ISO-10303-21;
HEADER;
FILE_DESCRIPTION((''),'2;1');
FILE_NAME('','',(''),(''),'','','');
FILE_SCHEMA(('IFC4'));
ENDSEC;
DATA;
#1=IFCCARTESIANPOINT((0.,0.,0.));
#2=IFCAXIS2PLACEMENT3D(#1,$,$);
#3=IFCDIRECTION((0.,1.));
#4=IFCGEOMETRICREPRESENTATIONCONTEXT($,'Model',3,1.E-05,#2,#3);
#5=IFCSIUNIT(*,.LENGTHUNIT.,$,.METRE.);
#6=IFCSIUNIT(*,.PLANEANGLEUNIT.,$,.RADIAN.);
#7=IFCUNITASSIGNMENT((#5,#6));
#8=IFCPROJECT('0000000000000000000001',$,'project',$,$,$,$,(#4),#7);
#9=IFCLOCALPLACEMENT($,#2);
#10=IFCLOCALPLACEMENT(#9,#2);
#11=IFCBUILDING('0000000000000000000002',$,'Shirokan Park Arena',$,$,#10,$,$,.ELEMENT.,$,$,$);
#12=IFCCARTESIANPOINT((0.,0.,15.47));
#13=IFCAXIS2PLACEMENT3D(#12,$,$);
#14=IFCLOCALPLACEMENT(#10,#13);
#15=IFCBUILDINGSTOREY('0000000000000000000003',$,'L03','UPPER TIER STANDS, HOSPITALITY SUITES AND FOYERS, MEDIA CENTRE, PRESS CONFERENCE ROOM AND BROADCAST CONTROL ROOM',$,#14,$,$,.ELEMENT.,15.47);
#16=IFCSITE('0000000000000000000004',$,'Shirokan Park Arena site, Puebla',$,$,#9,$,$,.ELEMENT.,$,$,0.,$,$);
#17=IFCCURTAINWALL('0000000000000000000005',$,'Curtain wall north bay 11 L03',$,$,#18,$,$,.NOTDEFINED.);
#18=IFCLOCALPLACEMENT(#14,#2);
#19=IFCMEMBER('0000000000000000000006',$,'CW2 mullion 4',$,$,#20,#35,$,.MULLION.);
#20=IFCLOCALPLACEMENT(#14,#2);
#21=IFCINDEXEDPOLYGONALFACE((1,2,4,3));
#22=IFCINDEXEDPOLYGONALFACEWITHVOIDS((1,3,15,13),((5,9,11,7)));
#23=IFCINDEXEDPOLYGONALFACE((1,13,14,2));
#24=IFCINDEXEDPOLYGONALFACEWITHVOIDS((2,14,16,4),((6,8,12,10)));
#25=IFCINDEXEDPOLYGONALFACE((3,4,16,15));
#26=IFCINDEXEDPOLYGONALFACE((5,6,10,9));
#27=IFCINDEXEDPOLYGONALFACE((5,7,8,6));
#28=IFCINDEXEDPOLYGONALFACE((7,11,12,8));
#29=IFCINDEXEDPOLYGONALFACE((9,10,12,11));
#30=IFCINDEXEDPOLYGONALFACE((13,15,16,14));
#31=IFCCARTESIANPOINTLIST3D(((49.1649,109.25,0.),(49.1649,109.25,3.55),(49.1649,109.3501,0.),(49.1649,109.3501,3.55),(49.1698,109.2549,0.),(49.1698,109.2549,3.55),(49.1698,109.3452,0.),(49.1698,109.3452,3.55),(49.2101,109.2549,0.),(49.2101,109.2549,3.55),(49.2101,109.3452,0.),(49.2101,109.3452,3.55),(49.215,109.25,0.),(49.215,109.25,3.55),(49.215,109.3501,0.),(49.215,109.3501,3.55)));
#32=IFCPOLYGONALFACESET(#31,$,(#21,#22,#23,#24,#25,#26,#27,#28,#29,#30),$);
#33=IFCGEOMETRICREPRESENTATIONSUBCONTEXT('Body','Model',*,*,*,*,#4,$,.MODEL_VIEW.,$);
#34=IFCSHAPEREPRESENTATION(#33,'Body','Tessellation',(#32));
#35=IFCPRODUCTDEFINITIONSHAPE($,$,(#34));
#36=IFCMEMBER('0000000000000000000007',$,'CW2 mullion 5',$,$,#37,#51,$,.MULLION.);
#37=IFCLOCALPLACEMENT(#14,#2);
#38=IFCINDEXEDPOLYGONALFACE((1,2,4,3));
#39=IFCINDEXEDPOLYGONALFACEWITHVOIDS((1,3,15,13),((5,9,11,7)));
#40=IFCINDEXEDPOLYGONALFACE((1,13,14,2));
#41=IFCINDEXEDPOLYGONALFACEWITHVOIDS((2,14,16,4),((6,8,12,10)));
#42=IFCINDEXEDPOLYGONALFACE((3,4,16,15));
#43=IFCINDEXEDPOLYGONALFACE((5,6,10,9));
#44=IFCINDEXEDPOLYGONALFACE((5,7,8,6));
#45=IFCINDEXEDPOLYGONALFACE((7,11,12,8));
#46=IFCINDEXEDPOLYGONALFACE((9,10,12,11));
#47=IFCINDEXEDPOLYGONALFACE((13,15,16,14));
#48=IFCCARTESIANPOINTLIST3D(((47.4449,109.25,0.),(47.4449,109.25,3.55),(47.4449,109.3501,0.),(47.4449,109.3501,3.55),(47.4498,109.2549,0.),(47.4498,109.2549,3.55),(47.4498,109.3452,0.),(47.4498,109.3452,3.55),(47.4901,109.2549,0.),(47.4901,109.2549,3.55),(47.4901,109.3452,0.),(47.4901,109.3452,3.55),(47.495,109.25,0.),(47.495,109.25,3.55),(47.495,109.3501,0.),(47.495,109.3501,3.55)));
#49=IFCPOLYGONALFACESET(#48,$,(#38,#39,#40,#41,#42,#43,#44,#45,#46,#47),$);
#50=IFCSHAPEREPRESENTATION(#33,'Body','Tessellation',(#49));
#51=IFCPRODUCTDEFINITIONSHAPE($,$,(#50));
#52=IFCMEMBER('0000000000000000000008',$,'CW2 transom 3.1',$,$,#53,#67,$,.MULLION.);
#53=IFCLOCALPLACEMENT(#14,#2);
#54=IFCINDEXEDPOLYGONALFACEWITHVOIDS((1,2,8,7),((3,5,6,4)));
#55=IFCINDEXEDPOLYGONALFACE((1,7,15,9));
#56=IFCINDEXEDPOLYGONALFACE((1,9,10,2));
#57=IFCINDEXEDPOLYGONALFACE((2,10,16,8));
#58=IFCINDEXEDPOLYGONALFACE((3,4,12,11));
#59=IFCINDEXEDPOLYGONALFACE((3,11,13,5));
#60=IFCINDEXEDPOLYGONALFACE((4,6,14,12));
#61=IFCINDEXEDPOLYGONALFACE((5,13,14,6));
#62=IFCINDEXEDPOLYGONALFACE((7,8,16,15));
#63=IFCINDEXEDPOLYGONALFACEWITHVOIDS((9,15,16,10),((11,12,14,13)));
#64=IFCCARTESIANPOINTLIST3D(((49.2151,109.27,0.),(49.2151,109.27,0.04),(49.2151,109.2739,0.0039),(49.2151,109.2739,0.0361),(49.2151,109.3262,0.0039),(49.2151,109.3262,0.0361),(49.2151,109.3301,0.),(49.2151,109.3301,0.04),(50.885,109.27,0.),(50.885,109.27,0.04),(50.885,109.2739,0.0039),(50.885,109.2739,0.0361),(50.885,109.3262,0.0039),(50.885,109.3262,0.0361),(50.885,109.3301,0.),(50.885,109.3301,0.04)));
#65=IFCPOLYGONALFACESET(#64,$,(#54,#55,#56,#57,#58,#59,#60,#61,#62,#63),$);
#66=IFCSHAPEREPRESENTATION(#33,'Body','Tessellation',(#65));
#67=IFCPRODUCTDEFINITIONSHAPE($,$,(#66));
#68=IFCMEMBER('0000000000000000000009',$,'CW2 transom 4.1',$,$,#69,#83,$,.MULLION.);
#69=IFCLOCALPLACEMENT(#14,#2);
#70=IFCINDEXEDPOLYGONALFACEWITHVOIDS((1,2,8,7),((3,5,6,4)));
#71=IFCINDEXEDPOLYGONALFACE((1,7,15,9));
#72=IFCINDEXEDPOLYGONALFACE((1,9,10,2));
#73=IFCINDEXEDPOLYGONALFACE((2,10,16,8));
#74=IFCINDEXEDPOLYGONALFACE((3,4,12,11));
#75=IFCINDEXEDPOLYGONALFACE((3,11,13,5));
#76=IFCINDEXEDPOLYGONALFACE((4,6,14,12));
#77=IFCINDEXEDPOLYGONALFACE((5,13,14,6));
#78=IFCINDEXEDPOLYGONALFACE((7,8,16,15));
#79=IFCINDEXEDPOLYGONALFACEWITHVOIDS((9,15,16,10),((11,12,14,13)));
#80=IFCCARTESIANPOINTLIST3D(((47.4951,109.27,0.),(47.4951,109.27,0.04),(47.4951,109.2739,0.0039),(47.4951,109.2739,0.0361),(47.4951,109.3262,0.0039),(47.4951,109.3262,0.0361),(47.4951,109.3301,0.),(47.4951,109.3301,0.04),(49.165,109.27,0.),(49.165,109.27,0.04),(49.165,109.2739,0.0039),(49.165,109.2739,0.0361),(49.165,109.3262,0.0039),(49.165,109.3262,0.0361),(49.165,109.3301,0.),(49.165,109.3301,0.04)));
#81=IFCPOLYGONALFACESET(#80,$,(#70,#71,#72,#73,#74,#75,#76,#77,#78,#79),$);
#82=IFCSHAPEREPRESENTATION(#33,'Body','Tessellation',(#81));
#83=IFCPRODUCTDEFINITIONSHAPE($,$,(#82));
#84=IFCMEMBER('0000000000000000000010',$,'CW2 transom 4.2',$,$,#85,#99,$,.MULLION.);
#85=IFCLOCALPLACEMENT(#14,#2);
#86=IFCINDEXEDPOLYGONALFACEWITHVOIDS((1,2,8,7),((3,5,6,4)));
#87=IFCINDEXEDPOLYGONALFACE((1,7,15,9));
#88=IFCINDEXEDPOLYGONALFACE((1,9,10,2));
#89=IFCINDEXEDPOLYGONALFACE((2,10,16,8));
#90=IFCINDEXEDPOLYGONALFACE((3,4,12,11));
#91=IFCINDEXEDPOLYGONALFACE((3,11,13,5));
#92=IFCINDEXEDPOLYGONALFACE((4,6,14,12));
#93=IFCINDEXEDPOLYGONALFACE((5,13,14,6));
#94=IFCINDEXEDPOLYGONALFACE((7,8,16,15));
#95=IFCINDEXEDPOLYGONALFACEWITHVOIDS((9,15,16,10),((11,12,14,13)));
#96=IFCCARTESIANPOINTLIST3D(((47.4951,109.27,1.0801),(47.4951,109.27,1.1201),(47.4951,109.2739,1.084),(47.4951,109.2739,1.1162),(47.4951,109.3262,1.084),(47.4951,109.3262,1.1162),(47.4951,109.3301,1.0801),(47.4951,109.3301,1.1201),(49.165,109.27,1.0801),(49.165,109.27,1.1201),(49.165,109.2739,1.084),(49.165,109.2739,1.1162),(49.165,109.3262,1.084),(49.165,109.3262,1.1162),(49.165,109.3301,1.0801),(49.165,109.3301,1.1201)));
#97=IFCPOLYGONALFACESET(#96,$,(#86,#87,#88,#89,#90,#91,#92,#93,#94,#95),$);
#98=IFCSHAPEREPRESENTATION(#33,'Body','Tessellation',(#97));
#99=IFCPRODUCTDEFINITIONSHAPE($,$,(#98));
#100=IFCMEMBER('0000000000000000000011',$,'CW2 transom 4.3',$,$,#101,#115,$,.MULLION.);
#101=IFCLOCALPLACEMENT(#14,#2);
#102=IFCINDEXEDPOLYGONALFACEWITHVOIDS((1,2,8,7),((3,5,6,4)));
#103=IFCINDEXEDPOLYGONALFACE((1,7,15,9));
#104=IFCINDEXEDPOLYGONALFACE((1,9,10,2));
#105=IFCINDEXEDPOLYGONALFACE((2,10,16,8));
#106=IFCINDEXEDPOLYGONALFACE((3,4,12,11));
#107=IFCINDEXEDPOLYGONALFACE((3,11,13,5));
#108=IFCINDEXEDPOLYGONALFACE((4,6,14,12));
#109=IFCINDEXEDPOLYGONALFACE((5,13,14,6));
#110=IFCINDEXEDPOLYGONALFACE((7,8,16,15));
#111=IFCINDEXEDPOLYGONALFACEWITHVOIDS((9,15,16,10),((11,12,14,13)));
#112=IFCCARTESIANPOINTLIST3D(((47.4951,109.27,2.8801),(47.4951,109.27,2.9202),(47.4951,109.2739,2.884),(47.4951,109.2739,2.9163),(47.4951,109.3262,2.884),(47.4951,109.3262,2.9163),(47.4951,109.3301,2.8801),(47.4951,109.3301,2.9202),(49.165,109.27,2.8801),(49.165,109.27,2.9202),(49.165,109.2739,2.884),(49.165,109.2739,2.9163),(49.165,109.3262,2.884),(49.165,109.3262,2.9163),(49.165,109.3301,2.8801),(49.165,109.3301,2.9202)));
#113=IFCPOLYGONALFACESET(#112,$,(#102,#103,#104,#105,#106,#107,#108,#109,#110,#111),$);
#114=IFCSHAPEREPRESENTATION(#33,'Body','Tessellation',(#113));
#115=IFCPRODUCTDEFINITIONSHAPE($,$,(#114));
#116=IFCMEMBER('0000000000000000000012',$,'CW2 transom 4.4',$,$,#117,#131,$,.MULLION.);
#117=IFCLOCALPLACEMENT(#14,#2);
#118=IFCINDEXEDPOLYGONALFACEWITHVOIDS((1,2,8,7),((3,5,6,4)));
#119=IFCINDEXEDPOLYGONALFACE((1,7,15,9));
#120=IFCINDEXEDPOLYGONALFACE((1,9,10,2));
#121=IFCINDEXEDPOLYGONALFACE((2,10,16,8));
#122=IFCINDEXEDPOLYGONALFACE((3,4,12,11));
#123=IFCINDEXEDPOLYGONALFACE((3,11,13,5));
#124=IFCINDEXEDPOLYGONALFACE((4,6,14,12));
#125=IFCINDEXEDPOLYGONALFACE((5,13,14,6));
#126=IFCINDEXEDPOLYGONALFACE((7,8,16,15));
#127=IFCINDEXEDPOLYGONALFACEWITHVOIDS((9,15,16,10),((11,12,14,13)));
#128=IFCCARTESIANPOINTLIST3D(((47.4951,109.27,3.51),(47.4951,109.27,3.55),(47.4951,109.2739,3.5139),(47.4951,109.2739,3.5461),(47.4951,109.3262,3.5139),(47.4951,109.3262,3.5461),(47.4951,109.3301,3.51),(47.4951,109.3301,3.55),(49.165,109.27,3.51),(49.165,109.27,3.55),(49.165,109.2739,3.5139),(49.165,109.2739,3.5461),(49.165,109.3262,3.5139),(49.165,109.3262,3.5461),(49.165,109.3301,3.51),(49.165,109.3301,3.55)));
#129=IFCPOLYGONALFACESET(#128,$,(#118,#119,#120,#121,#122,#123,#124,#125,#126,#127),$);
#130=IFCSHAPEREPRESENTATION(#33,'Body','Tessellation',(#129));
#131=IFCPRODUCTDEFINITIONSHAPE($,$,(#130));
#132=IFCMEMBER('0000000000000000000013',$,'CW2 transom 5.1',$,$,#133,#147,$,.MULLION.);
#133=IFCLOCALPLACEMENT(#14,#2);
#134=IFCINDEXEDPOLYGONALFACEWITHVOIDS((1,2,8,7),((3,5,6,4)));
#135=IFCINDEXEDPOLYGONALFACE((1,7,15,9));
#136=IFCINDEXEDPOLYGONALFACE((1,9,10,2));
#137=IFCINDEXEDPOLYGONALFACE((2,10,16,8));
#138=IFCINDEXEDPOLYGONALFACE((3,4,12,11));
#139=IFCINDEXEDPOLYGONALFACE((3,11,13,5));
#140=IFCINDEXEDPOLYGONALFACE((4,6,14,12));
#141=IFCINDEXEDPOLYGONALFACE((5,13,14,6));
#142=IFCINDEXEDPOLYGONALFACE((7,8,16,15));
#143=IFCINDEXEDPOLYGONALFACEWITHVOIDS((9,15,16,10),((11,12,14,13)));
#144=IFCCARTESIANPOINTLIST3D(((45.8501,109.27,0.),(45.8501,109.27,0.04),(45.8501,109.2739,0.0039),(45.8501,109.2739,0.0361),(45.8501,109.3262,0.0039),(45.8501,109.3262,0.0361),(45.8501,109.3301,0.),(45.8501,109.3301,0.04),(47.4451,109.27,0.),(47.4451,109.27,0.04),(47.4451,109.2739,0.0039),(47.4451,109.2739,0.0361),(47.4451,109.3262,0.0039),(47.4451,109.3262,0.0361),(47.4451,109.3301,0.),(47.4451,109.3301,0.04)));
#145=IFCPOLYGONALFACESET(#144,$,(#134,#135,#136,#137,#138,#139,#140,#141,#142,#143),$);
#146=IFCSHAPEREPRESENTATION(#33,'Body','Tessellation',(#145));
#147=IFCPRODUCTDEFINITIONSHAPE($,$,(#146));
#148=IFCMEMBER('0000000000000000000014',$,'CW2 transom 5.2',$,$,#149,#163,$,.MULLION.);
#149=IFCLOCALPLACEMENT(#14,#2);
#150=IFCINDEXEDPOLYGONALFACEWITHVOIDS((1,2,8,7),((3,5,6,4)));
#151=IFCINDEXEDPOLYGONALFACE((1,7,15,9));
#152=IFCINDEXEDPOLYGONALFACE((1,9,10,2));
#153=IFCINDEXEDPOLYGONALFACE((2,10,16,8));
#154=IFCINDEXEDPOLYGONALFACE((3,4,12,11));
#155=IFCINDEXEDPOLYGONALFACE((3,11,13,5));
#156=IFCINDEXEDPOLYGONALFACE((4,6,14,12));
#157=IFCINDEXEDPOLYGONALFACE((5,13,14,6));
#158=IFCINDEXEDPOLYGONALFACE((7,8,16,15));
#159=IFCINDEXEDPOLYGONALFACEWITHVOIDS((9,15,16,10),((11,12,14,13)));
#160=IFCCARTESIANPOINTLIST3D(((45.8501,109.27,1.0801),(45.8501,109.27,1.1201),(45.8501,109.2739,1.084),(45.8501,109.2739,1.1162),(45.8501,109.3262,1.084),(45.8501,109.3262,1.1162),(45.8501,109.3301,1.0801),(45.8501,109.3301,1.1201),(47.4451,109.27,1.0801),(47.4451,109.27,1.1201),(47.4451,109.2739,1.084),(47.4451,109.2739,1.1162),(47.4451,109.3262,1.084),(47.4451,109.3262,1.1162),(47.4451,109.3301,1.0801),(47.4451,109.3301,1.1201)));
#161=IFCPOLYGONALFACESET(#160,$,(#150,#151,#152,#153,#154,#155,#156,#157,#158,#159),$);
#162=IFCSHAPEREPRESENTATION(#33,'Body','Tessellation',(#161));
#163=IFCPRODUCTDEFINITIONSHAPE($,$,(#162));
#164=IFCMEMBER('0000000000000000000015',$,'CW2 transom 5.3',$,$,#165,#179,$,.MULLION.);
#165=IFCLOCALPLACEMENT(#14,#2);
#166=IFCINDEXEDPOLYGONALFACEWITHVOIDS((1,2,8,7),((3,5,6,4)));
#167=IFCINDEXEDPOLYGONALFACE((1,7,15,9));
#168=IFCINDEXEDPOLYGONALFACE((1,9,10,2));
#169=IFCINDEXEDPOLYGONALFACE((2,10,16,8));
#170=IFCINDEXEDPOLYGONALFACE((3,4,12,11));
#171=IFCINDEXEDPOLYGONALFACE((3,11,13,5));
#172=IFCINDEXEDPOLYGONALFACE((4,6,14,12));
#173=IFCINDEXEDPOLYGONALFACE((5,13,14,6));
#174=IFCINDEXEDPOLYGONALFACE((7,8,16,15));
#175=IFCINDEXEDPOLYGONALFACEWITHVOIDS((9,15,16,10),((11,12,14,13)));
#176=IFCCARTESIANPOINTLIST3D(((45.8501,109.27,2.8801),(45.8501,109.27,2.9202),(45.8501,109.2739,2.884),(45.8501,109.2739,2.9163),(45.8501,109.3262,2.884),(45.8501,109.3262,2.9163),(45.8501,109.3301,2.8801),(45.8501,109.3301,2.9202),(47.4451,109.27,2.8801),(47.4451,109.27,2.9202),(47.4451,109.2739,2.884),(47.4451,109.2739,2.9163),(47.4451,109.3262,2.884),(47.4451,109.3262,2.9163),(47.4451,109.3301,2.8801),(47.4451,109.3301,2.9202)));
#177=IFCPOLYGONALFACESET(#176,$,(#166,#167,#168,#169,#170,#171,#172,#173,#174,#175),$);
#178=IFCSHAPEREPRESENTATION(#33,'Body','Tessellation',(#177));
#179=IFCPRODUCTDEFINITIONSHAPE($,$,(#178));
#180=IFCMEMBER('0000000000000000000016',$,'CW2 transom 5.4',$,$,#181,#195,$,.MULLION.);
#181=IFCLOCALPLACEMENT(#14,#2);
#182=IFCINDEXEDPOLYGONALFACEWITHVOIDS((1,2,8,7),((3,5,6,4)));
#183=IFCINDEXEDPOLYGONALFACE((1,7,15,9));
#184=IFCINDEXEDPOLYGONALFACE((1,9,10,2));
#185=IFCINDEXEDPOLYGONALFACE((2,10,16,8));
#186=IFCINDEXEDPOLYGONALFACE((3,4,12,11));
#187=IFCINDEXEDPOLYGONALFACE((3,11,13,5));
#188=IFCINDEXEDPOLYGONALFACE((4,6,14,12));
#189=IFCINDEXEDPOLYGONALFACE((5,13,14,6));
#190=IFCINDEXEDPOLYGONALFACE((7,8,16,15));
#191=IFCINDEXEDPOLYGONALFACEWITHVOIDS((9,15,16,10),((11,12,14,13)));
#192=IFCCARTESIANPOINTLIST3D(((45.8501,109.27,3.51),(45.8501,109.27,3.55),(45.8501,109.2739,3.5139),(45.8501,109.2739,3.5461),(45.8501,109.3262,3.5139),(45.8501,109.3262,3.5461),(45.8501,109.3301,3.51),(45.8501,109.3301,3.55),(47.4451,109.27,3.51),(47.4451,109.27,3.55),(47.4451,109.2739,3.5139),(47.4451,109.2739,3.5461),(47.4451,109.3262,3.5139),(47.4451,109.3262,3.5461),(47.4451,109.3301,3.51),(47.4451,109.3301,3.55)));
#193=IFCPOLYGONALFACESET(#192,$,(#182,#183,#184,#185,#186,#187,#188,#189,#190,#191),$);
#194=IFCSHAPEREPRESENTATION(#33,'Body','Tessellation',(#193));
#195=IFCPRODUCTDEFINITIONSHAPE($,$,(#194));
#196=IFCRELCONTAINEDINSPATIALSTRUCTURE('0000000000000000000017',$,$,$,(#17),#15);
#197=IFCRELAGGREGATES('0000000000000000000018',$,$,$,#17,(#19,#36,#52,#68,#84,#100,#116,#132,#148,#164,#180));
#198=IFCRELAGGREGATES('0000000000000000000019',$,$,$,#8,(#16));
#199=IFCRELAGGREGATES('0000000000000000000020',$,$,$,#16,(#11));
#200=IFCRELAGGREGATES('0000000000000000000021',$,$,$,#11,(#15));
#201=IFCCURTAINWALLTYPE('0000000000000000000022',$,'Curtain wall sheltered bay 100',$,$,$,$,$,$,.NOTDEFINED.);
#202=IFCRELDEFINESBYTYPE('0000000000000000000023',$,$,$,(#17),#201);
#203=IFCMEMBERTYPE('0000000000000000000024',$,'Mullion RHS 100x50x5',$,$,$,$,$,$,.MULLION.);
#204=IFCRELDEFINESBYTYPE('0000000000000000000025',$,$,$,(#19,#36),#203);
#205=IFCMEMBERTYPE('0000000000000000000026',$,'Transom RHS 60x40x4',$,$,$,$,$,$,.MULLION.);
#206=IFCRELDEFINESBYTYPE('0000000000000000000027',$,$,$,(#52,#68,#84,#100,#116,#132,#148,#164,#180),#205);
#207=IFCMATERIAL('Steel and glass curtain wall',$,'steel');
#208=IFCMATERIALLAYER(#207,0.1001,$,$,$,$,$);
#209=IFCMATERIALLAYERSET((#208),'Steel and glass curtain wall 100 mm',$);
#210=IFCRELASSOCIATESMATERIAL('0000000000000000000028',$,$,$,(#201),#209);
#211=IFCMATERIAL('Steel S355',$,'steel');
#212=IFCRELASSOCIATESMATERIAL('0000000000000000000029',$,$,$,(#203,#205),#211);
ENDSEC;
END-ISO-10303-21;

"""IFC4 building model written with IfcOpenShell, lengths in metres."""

from ifc_helpers import new_model, si_unit, direction, frame, origin, origin_2d, place, context, subcontext, project, spatial, hollow_rectangle, extrude, material, layer, layer_set, material_profile, profile_set, type_object, element, aggregate, save


model = new_model("IFC4")

# Units and contexts
model_context = context("Model", 3, precision=1e-05, world=origin(), true_north=direction((0.0, 1.0)))
body_context = subcontext(model_context, "Body", "Model", "MODEL_VIEW")
ifc_project = project(units=[si_unit("LENGTHUNIT", "METRE"), si_unit("PLANEANGLEUNIT", "RADIAN")], contexts=[model_context])

# Site, building, storey
site_placement = place(None, origin())
site = spatial("IfcSite", under=ifc_project, at=site_placement, Name="Shirokan Park Arena site, Puebla", CompositionType="ELEMENT", RefElevation=0.0)
building_placement = place(site_placement, origin())
building = spatial("IfcBuilding", under=site, at=building_placement, Name="Shirokan Park Arena", CompositionType="ELEMENT")
storey_placement = place(building_placement, frame((0.0, 0.0, 15.47)))
storey = spatial("IfcBuildingStorey", under=building, at=storey_placement, Name="L03", Description="UPPER TIER STANDS, HOSPITALITY SUITES AND FOYERS, MEDIA CENTRE, PRESS CONFERENCE ROOM AND BROADCAST CONTROL ROOM", CompositionType="ELEMENT", Elevation=15.47)

# Curtain wall, members
ifc_material_1 = material(Name="Steel and glass curtain wall", Category="steel")
ifc_layer_1 = layer(ifc_material_1, 0.1001)
ifc_layer_set_1 = layer_set([ifc_layer_1], Name="Steel and glass curtain wall 100 mm")
curtain_wall_type = type_object("IfcCurtainWallType", Name="Curtain wall sheltered bay 100", PredefinedType="NOTDEFINED", material=ifc_layer_set_1)
curtain_wall_placement = place(storey_placement, origin())
curtain_wall = element("IfcCurtainWall", 1, at=curtain_wall_placement, inside=storey, type_object=curtain_wall_type, Name="Curtain wall north bay 11 L03", PredefinedType="NOTDEFINED")
ifc_material_2 = material(Name="Steel S355", Category="steel")
ifc_material_profile_1 = material_profile(ifc_material_2, hollow_rectangle(XDim=0.1001, YDim=0.05, WallThickness=0.0049, at=origin_2d()), Name="RHS 100x50x5")
ifc_profile_set_1 = profile_set([ifc_material_profile_1], Name="Steel S355")
member_type_1 = type_object("IfcMemberType", Name="Mullion RHS 100x50x5", PredefinedType="MULLION", material=ifc_profile_set_1)
member_1_placement = place(storey_placement, frame((49.1899, 109.3, 0.0), z_axis=(0.0, 0.0, 1.0), x_axis=(0.0, -1.0, 0.0)))
member_1 = element("IfcMember", 2, at=member_1_placement, type_object=member_type_1, Name="CW2 mullion 4", PredefinedType="MULLION", context=body_context, shape_type="SweptSolid", body=[
    extrude(hollow_rectangle(XDim=0.1001, YDim=0.05, WallThickness=0.0049, at=origin_2d()), origin(), (0.0, 0.0, 1.0), 3.55),
])
member_2_placement = place(storey_placement, frame((47.47, 109.3, 0.0), z_axis=(0.0, 0.0, 1.0), x_axis=(0.0, -1.0, 0.0)))
member_2 = element("IfcMember", 3, at=member_2_placement, type_object=member_type_1, Name="CW2 mullion 5", PredefinedType="MULLION", context=body_context, shape_type="SweptSolid", body=[
    extrude(hollow_rectangle(XDim=0.1001, YDim=0.05, WallThickness=0.0049, at=origin_2d()), origin(), (0.0, 0.0, 1.0), 3.55),
])
ifc_material_profile_2 = material_profile(ifc_material_2, hollow_rectangle(XDim=0.0601, YDim=0.04, WallThickness=0.0039, at=origin_2d()), Name="RHS 60x40x4")
ifc_profile_set_2 = profile_set([ifc_material_profile_2], Name="Steel S355")
member_type_2 = type_object("IfcMemberType", Name="Transom RHS 60x40x4", PredefinedType="MULLION", material=ifc_profile_set_2)
member_3_placement = place(storey_placement, frame((50.885, 109.3, 0.02), z_axis=(-1.0, 0.0, 0.0), x_axis=(0.0, -1.0, 0.0)))
member_3 = element("IfcMember", 4, at=member_3_placement, type_object=member_type_2, Name="CW2 transom 3.1", PredefinedType="MULLION", context=body_context, shape_type="SweptSolid", body=[
    extrude(hollow_rectangle(XDim=0.0601, YDim=0.04, WallThickness=0.0039, at=origin_2d()), origin(), (0.0, 0.0, 1.0), 1.6699),
])
member_4_placement = place(storey_placement, frame((49.165, 109.3, 0.02), z_axis=(-1.0, 0.0, 0.0), x_axis=(0.0, -1.0, 0.0)))
member_4 = element("IfcMember", 5, at=member_4_placement, type_object=member_type_2, Name="CW2 transom 4.1", PredefinedType="MULLION", context=body_context, shape_type="SweptSolid", body=[
    extrude(hollow_rectangle(XDim=0.0601, YDim=0.04, WallThickness=0.0039, at=origin_2d()), origin(), (0.0, 0.0, 1.0), 1.6699),
])
member_5_placement = place(storey_placement, frame((49.165, 109.3, 1.1001), z_axis=(-1.0, 0.0, 0.0), x_axis=(0.0, -1.0, 0.0)))
member_5 = element("IfcMember", 6, at=member_5_placement, type_object=member_type_2, Name="CW2 transom 4.2", PredefinedType="MULLION", context=body_context, shape_type="SweptSolid", body=[
    extrude(hollow_rectangle(XDim=0.0601, YDim=0.04, WallThickness=0.0039, at=origin_2d()), origin(), (0.0, 0.0, 1.0), 1.6699),
])
member_6_placement = place(storey_placement, frame((49.165, 109.3, 2.9001), z_axis=(-1.0, 0.0, 0.0), x_axis=(0.0, -1.0, 0.0)))
member_6 = element("IfcMember", 7, at=member_6_placement, type_object=member_type_2, Name="CW2 transom 4.3", PredefinedType="MULLION", context=body_context, shape_type="SweptSolid", body=[
    extrude(hollow_rectangle(XDim=0.0601, YDim=0.04, WallThickness=0.0039, at=origin_2d()), origin(), (0.0, 0.0, 1.0), 1.6699),
])
member_7_placement = place(storey_placement, frame((49.165, 109.3, 3.53), z_axis=(-1.0, 0.0, 0.0), x_axis=(0.0, -1.0, 0.0)))
member_7 = element("IfcMember", 8, at=member_7_placement, type_object=member_type_2, Name="CW2 transom 4.4", PredefinedType="MULLION", context=body_context, shape_type="SweptSolid", body=[
    extrude(hollow_rectangle(XDim=0.0601, YDim=0.04, WallThickness=0.0039, at=origin_2d()), origin(), (0.0, 0.0, 1.0), 1.6699),
])
member_8_placement = place(storey_placement, frame((47.4451, 109.3, 0.02), z_axis=(-1.0, 0.0, 0.0), x_axis=(0.0, -1.0, 0.0)))
member_8 = element("IfcMember", 9, at=member_8_placement, type_object=member_type_2, Name="CW2 transom 5.1", PredefinedType="MULLION", context=body_context, shape_type="SweptSolid", body=[
    extrude(hollow_rectangle(XDim=0.0601, YDim=0.04, WallThickness=0.0039, at=origin_2d()), origin(), (0.0, 0.0, 1.0), 1.595),
])
member_9_placement = place(storey_placement, frame((47.4451, 109.3, 1.1001), z_axis=(-1.0, 0.0, 0.0), x_axis=(0.0, -1.0, 0.0)))
member_9 = element("IfcMember", 10, at=member_9_placement, type_object=member_type_2, Name="CW2 transom 5.2", PredefinedType="MULLION", context=body_context, shape_type="SweptSolid", body=[
    extrude(hollow_rectangle(XDim=0.0601, YDim=0.04, WallThickness=0.0039, at=origin_2d()), origin(), (0.0, 0.0, 1.0), 1.595),
])
member_10_placement = place(storey_placement, frame((47.4451, 109.3, 2.9001), z_axis=(-1.0, 0.0, 0.0), x_axis=(0.0, -1.0, 0.0)))
member_10 = element("IfcMember", 11, at=member_10_placement, type_object=member_type_2, Name="CW2 transom 5.3", PredefinedType="MULLION", context=body_context, shape_type="SweptSolid", body=[
    extrude(hollow_rectangle(XDim=0.0601, YDim=0.04, WallThickness=0.0039, at=origin_2d()), origin(), (0.0, 0.0, 1.0), 1.595),
])
member_11_placement = place(storey_placement, frame((47.4451, 109.3, 3.53), z_axis=(-1.0, 0.0, 0.0), x_axis=(0.0, -1.0, 0.0)))
member_11 = element("IfcMember", 12, at=member_11_placement, type_object=member_type_2, Name="CW2 transom 5.4", PredefinedType="MULLION", context=body_context, shape_type="SweptSolid", body=[
    extrude(hollow_rectangle(XDim=0.0601, YDim=0.04, WallThickness=0.0039, at=origin_2d()), origin(), (0.0, 0.0, 1.0), 1.595),
])
aggregate(curtain_wall, [member_1, member_2, member_3, member_4, member_5, member_6, member_7, member_8, member_9, member_10, member_11])

save(model, "model.ifc")
